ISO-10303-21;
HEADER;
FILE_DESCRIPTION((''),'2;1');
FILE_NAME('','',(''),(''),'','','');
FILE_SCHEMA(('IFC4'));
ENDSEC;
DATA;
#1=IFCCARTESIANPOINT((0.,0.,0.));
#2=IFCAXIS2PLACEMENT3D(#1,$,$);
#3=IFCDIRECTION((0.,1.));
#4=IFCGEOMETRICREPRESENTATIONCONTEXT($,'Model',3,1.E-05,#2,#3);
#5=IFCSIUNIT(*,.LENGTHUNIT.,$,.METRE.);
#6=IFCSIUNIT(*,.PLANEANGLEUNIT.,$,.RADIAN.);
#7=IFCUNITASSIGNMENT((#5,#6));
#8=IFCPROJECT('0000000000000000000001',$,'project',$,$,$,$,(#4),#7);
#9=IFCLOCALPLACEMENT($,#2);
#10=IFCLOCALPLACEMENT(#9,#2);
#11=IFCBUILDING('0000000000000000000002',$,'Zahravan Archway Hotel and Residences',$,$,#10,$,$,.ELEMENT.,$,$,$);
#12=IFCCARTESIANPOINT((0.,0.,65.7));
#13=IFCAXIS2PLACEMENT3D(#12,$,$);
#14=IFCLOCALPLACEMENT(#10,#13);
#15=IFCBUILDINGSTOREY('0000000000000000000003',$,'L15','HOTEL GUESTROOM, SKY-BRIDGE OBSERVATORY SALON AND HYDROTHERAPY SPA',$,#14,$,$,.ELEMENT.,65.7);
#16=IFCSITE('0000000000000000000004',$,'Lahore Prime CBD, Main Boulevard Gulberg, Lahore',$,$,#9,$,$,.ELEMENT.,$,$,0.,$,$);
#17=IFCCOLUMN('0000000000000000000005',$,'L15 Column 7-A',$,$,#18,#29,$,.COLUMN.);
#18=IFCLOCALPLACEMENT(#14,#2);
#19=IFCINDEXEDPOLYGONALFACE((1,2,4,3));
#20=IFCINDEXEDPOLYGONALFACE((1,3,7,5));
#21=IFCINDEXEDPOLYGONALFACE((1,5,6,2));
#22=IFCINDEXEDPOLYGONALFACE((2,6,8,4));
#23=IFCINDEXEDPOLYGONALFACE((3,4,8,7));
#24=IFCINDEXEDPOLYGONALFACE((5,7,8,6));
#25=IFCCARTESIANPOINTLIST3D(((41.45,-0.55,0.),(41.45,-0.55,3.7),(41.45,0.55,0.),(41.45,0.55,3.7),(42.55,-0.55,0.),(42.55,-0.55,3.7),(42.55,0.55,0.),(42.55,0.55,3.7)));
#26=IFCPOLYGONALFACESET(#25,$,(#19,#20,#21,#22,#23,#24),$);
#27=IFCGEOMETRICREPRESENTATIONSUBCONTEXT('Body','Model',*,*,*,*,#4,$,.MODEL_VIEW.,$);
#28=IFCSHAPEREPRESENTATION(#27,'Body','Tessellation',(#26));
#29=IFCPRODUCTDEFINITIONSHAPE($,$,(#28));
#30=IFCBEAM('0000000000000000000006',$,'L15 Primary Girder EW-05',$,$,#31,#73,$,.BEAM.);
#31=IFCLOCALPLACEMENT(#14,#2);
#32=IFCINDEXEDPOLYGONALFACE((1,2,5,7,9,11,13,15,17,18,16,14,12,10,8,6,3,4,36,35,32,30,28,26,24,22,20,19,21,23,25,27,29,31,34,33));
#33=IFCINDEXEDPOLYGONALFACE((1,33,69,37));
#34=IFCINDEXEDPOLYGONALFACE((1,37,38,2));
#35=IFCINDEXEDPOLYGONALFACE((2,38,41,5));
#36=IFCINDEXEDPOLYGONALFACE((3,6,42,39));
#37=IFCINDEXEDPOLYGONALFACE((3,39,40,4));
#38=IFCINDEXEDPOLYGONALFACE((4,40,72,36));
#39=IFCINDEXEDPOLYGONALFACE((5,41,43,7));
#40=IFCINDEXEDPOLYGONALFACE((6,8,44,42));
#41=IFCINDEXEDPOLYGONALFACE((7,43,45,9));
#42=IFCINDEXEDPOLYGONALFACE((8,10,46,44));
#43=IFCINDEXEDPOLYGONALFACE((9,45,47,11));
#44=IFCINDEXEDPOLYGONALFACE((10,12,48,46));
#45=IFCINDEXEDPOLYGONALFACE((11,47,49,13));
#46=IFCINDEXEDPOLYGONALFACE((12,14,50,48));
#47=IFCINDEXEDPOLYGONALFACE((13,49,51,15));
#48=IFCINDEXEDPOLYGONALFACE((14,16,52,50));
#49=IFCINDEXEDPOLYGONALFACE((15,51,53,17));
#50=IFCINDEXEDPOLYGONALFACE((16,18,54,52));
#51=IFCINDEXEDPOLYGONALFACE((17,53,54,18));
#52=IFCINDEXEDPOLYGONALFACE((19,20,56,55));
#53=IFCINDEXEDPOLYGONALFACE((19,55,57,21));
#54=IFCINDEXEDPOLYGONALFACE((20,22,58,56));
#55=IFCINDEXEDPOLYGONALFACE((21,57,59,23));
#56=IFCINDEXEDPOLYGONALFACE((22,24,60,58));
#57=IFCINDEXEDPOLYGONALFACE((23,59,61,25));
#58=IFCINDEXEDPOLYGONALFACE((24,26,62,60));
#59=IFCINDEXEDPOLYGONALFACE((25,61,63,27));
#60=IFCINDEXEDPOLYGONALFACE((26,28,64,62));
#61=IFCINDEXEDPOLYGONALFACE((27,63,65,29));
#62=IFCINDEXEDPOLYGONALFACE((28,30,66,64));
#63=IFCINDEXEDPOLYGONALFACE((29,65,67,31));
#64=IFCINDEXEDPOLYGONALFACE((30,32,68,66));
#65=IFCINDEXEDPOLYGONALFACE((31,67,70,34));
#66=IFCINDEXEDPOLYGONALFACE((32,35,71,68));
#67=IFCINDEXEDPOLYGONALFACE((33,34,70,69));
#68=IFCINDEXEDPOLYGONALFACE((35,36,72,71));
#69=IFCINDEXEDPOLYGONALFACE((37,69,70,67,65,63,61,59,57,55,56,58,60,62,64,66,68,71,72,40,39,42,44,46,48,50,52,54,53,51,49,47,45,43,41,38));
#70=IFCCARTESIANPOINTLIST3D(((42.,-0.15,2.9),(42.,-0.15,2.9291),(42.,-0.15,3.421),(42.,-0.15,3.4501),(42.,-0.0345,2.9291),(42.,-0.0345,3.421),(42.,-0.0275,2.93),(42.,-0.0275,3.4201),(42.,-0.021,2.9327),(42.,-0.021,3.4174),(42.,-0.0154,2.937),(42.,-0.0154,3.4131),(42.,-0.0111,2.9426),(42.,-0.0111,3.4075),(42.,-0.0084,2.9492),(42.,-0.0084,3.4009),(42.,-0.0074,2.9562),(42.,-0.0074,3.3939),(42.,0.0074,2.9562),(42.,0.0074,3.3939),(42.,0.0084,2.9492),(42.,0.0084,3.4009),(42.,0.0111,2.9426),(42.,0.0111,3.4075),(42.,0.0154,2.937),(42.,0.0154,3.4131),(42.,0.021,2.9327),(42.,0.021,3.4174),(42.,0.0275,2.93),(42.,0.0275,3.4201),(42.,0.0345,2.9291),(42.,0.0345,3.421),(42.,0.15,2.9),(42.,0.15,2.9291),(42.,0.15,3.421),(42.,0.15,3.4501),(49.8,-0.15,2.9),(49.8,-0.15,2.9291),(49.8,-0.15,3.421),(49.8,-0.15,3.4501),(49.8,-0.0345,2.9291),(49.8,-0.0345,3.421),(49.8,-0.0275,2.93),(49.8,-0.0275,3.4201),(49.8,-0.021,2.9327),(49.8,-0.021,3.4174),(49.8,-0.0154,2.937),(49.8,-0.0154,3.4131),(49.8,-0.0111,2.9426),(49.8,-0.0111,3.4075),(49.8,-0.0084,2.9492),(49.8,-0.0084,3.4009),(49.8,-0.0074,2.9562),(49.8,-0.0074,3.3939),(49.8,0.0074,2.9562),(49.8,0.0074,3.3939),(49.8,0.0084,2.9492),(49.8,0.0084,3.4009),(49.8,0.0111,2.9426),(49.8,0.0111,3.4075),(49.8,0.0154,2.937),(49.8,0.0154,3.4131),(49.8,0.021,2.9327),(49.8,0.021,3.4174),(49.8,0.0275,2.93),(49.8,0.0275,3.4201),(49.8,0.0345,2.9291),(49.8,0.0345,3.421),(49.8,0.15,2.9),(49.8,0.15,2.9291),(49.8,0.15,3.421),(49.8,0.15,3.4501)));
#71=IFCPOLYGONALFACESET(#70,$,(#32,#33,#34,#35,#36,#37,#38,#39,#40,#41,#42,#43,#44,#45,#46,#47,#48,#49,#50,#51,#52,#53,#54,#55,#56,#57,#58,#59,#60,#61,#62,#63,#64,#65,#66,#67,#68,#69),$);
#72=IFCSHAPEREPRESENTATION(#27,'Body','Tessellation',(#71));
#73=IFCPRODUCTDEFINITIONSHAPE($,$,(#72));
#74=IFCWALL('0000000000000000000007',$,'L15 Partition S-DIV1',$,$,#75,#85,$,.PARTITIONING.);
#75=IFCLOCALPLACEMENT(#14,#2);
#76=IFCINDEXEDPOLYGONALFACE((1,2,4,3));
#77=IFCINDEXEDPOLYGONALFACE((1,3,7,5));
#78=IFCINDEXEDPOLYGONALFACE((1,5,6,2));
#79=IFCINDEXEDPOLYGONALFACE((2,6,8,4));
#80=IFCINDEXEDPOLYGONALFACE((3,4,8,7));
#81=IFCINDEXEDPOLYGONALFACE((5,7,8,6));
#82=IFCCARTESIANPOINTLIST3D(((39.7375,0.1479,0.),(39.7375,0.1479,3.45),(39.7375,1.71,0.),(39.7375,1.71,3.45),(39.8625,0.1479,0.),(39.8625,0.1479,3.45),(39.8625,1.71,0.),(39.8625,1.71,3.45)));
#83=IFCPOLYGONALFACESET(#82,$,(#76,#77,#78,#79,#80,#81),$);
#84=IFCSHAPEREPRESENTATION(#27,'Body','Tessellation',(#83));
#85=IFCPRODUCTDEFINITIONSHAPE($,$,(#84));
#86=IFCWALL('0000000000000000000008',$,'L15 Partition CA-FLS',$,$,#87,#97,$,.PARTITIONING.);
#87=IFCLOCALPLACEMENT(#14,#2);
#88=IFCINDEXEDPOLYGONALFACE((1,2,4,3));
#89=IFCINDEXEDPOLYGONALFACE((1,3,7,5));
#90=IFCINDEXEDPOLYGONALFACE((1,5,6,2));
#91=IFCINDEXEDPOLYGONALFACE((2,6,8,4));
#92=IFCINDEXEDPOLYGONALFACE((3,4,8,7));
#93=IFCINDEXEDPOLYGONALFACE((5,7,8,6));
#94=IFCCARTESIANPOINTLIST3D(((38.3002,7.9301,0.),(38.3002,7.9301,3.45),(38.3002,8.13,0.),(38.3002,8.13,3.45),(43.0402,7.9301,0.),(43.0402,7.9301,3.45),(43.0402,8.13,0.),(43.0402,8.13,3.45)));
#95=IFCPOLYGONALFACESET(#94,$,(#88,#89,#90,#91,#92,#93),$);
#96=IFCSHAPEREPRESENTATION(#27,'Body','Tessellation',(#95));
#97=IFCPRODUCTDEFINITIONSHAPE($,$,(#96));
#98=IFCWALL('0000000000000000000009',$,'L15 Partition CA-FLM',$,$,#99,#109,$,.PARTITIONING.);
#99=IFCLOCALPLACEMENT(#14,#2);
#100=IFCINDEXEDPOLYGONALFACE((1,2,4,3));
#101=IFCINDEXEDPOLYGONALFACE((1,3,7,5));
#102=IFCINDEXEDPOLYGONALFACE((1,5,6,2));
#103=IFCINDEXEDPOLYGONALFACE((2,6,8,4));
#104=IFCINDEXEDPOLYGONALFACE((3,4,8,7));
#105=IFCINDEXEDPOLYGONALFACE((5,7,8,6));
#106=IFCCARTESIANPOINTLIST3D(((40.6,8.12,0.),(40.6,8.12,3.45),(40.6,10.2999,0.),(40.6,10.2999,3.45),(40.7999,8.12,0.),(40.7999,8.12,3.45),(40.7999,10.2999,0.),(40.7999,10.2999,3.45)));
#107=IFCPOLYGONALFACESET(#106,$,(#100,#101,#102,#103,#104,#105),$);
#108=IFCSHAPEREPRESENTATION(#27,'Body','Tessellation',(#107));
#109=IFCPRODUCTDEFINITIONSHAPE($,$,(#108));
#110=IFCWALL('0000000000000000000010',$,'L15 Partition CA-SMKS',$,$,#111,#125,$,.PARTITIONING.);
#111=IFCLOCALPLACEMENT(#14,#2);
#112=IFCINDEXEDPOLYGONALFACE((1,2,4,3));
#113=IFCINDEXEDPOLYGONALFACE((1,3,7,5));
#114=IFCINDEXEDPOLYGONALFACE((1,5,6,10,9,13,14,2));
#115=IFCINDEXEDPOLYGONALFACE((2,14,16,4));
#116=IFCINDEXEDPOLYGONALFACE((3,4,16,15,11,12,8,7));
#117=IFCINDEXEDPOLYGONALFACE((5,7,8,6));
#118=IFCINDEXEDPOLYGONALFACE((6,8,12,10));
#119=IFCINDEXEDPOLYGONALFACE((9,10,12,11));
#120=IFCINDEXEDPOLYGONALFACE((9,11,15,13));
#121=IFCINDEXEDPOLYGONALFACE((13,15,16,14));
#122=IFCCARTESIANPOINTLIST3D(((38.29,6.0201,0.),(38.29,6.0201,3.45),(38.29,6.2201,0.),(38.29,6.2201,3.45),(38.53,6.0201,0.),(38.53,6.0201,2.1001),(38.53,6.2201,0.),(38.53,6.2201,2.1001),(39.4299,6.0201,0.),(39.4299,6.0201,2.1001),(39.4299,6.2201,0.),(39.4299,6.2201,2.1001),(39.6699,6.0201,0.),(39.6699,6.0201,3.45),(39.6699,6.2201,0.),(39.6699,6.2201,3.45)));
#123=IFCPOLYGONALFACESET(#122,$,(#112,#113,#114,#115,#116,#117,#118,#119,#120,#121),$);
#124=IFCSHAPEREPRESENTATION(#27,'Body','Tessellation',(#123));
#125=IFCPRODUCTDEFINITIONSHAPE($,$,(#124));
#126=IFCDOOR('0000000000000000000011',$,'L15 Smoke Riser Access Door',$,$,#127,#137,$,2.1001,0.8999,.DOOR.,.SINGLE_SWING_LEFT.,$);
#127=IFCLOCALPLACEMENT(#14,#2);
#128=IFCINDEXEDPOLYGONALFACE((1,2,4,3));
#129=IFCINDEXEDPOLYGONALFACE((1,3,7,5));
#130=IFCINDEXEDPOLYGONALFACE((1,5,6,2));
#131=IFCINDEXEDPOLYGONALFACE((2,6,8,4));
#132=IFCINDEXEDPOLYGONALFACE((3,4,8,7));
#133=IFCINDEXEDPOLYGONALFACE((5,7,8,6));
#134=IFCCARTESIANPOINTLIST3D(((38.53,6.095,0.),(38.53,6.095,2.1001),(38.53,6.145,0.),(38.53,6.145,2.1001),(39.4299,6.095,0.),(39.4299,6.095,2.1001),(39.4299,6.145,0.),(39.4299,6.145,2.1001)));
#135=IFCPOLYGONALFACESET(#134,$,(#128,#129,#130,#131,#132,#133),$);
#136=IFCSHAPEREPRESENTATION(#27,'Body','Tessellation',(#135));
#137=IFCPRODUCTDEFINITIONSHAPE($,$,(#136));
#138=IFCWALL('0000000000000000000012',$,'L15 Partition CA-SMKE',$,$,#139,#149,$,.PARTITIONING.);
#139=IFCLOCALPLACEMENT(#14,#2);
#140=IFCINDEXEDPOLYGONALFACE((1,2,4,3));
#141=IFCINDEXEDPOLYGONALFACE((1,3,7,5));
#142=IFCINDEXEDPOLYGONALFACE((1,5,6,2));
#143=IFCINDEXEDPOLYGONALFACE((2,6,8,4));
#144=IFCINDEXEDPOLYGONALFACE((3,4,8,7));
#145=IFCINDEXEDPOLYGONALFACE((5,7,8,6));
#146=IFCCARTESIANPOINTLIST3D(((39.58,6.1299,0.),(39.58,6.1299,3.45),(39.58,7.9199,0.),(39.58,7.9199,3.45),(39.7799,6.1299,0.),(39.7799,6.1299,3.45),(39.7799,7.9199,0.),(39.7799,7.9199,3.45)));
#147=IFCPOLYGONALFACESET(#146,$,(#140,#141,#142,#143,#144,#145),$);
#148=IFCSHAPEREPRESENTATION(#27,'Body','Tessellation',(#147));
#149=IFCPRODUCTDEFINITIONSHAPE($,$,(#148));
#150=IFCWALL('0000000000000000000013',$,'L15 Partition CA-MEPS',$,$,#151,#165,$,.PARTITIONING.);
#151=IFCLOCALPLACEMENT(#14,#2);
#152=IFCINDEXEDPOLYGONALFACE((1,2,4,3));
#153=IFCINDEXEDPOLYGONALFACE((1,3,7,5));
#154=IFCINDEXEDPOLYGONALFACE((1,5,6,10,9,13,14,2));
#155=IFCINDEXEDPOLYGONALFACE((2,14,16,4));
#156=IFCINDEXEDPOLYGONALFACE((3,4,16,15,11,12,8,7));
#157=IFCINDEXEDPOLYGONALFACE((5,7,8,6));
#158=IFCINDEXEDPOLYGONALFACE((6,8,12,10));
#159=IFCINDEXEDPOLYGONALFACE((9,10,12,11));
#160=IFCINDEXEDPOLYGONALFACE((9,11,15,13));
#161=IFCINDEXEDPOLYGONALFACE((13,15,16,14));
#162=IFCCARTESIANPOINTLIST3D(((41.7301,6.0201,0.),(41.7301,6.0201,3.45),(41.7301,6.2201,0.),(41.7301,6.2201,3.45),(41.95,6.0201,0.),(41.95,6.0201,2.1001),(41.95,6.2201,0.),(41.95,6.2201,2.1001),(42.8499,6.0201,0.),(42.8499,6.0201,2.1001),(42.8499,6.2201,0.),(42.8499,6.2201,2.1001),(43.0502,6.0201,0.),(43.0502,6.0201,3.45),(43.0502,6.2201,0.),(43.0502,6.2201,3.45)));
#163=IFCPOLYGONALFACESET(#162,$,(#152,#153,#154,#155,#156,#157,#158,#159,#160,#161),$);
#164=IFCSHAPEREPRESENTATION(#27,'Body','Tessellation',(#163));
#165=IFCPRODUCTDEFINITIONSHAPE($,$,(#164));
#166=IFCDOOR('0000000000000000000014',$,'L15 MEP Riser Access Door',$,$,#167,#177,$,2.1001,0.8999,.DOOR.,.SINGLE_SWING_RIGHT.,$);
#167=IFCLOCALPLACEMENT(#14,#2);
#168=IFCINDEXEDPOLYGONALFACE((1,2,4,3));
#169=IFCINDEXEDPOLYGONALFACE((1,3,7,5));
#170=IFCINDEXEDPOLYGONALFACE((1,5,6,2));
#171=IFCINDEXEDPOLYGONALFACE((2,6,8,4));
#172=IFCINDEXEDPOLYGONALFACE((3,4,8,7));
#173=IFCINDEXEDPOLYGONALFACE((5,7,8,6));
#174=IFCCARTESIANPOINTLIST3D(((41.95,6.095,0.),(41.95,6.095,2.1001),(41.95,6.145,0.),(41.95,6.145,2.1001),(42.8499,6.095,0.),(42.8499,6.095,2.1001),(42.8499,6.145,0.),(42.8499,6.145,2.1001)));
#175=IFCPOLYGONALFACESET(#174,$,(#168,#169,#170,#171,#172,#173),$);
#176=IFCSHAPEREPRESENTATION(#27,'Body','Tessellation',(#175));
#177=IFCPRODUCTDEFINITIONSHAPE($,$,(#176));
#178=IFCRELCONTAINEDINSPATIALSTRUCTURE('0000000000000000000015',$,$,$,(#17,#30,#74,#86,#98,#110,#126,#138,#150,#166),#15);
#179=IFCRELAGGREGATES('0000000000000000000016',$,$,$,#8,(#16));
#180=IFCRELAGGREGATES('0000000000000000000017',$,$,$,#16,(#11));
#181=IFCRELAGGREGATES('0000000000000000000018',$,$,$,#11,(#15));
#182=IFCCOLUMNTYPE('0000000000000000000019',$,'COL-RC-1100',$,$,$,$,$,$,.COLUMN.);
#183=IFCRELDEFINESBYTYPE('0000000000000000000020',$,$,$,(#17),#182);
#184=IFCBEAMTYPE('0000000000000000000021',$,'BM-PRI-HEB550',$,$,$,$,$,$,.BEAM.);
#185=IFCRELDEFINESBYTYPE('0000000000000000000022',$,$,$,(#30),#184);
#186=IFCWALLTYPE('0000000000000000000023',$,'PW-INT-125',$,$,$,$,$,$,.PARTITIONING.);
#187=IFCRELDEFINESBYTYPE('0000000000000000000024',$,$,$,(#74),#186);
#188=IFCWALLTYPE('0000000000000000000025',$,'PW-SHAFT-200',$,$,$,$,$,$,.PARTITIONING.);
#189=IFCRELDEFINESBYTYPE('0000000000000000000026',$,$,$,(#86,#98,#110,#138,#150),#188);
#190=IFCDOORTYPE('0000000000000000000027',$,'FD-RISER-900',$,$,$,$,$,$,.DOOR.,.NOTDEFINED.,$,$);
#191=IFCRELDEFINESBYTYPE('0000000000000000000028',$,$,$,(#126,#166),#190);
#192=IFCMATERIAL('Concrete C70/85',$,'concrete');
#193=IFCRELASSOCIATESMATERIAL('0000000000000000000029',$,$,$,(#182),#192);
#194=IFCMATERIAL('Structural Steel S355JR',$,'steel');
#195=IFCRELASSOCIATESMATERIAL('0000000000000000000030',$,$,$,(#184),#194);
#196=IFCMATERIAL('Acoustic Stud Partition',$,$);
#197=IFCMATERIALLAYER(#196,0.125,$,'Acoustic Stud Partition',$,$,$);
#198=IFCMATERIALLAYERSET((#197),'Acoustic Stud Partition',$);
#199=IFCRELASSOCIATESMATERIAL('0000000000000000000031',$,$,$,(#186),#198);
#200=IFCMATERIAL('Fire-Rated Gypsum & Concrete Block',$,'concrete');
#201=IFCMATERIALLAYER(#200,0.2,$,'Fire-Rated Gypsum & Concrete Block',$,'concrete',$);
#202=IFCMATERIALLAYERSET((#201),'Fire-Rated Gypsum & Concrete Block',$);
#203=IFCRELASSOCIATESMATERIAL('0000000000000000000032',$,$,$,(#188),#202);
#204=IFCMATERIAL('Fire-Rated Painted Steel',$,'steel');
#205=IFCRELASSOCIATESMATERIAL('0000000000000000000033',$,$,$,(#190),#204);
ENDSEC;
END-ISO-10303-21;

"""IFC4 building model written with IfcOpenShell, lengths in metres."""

from ifc_helpers import new_model, si_unit, direction, frame, frame_2d, origin, origin_2d, place, context, subcontext, project, spatial, rectangle, i_section, extrude, source, transform, mapped, material, layer, layer_set, material_profile, profile_set, type_object, type_shapes, element, fill, save


model = new_model("IFC4")

# Units and contexts
model_context = context("Model", 3, precision=1e-05, world=origin(), true_north=direction((0.0, 1.0)))
body_context = subcontext(model_context, "Body", "Model", "MODEL_VIEW")
ifc_project = project(units=[si_unit("LENGTHUNIT", "METRE"), si_unit("PLANEANGLEUNIT", "RADIAN")], contexts=[model_context])

# Site, building, storey
site_placement = place(None, origin())
site = spatial("IfcSite", under=ifc_project, at=site_placement, Name="Lahore Prime CBD, Main Boulevard Gulberg, Lahore", CompositionType="ELEMENT", RefElevation=0.0)
building_placement = place(site_placement, origin())
building = spatial("IfcBuilding", under=site, at=building_placement, Name="Zahravan Archway Hotel and Residences", CompositionType="ELEMENT")
storey_placement = place(building_placement, frame((0.0, 0.0, 65.7)))
storey = spatial("IfcBuildingStorey", under=building, at=storey_placement, Name="L15", Description="HOTEL GUESTROOM, SKY-BRIDGE OBSERVATORY SALON AND HYDROTHERAPY SPA", CompositionType="ELEMENT", Elevation=65.7)

# Column
ifc_material_1 = material(Name="Concrete C70/85", Category="concrete")
ifc_material_profile_1 = material_profile(ifc_material_1, rectangle(XDim=1.1001, YDim=1.1001, at=origin_2d()), Name="RC 1100x1100", Category="concrete")
ifc_profile_set_1 = profile_set([ifc_material_profile_1], Name="Concrete C70/85")
column_type = type_object("IfcColumnType", Name="COL-RC-1100", PredefinedType="COLUMN", material=ifc_profile_set_1)
shared_shape_1 = source(origin(), body_context, "Body", "SweptSolid", [
    extrude(rectangle(XDim=1.1001, YDim=1.1001, at=origin_2d()), origin(), (0.0, 0.0, 1.0), 3.7),
])
column_placement = place(storey_placement, frame((42.0, 0.0, 0.0), z_axis=(0.0, 0.0, 1.0), x_axis=(1.0, 0.0, 0.0)))
element("IfcColumn", 1, at=column_placement, inside=storey, type_object=column_type, Name="L15 Column 7-A", PredefinedType="COLUMN", context=body_context, shape_type="MappedRepresentation", body=[
    mapped(shared_shape_1, transform((0.0, 0.0, 0.0), scale=1.0)),
])

# Beam
ifc_material_2 = material(Name="Structural Steel S355JR", Category="steel")
ifc_material_profile_2 = material_profile(ifc_material_2, i_section(OverallWidth=0.3, OverallDepth=0.55, WebThickness=0.0149, FlangeThickness=0.0291, FilletRadius=0.0271, at=origin_2d()), Name="HEB 550", Category="steel")
ifc_profile_set_2 = profile_set([ifc_material_profile_2], Name="Structural Steel S355JR")
beam_type = type_object("IfcBeamType", Name="BM-PRI-HEB550", PredefinedType="BEAM", material=ifc_profile_set_2)
shared_shape_2 = source(origin(), body_context, "Body", "SweptSolid", [
    extrude(i_section(OverallWidth=0.3, OverallDepth=0.55, WebThickness=0.0149, FlangeThickness=0.0291, FilletRadius=0.0271, at=origin_2d()), origin(), (0.0, 0.0, 1.0), 7.8),
])
beam_placement = place(storey_placement, frame((42.0, 0.0, 3.175), z_axis=(1.0, 0.0, 0.0), x_axis=(0.0, 1.0, 0.0)))
element("IfcBeam", 2, at=beam_placement, inside=storey, type_object=beam_type, Name="L15 Primary Girder EW-05", PredefinedType="BEAM", context=body_context, shape_type="MappedRepresentation", body=[
    mapped(shared_shape_2, transform((0.0, 0.0, 0.0), scale=1.0)),
])

# Walls
ifc_material_3 = material(Name="Acoustic Stud Partition")
ifc_layer_1 = layer(ifc_material_3, 0.125, Name="Acoustic Stud Partition")
ifc_layer_set_1 = layer_set([ifc_layer_1], Name="Acoustic Stud Partition")
wall_type_1 = type_object("IfcWallType", Name="PW-INT-125", PredefinedType="PARTITIONING", material=ifc_layer_set_1)
wall_1_placement = place(storey_placement, frame((39.8, 0.1479, 0.0), z_axis=(0.0, 0.0, 1.0), x_axis=(0.0, 1.0, 0.0)))
element("IfcWall", 3, at=wall_1_placement, inside=storey, type_object=wall_type_1, Name="L15 Partition S-DIV1", PredefinedType="PARTITIONING", context=body_context, shape_type="SweptSolid", body=[
    extrude(rectangle(XDim=1.562, YDim=0.125, at=frame_2d((0.781, 0.0))), origin(), (0.0, 0.0, 1.0), 3.45),
])
ifc_material_4 = material(Name="Fire-Rated Gypsum & Concrete Block", Category="concrete")
ifc_layer_2 = layer(ifc_material_4, 0.2, Name="Fire-Rated Gypsum & Concrete Block", Category="concrete")
ifc_layer_set_2 = layer_set([ifc_layer_2], Name="Fire-Rated Gypsum & Concrete Block")
wall_type_2 = type_object("IfcWallType", Name="PW-SHAFT-200", PredefinedType="PARTITIONING", material=ifc_layer_set_2)
wall_2_placement = place(storey_placement, frame((38.3, 8.03, 0.0), z_axis=(0.0, 0.0, 1.0), x_axis=(1.0, 0.0, 0.0)))
element("IfcWall", 4, at=wall_2_placement, inside=storey, type_object=wall_type_2, Name="L15 Partition CA-FLS", PredefinedType="PARTITIONING", context=body_context, shape_type="SweptSolid", body=[
    extrude(rectangle(XDim=4.74, YDim=0.2, at=frame_2d((2.3701, 0.0))), origin(), (0.0, 0.0, 1.0), 3.45),
])
wall_3_placement = place(storey_placement, frame((40.7, 8.1201, 0.0), z_axis=(0.0, 0.0, 1.0), x_axis=(0.0, 1.0, 0.0)))
element("IfcWall", 5, at=wall_3_placement, inside=storey, type_object=wall_type_2, Name="L15 Partition CA-FLM", PredefinedType="PARTITIONING", context=body_context, shape_type="SweptSolid", body=[
    extrude(rectangle(XDim=2.1799, YDim=0.2, at=frame_2d((1.0898, 0.0))), origin(), (0.0, 0.0, 1.0), 3.45),
])

# Wall, opening, door
wall_4_placement = place(storey_placement, frame((38.29, 6.1201, 0.0), z_axis=(0.0, 0.0, 1.0), x_axis=(1.0, 0.0, 0.0)))
wall_4 = element("IfcWall", 6, at=wall_4_placement, inside=storey, type_object=wall_type_2, Name="L15 Partition CA-SMKS", PredefinedType="PARTITIONING", context=body_context, shape_type="SweptSolid", body=[
    extrude(rectangle(XDim=1.3799, YDim=0.2, at=frame_2d((0.6899, 0.0))), origin(), (0.0, 0.0, 1.0), 3.45),
])
opening_1_placement = place(wall_4_placement, frame((0.24, 0.0, 0.0)))
opening_1 = element("IfcOpeningElement", 7, at=opening_1_placement, cuts=wall_4, PredefinedType="OPENING", context=body_context, shape_type="SweptSolid", body=[
    extrude(rectangle(XDim=0.8999, YDim=2.1001, at=frame_2d((0.45, 1.05))), frame((0.0, 0.1099, 0.0), z_axis=(0.0, -1.0, 0.0), x_axis=(1.0, 0.0, 0.0)), (0.0, 0.0, 1.0), 0.22),
])
ifc_material_5 = material(Name="Fire-Rated Painted Steel", Category="steel")
door_type = type_object("IfcDoorType", Name="FD-RISER-900", OperationType="NOTDEFINED", PredefinedType="DOOR", material=ifc_material_5)
shared_shape_3 = source(origin(), body_context, "Body", "SweptSolid", [
    extrude(rectangle(XDim=0.8999, YDim=2.1001, at=frame_2d((0.45, 1.05))), frame((0.0, 0.0249, 0.0), z_axis=(0.0, -1.0, 0.0), x_axis=(1.0, 0.0, 0.0)), (0.0, 0.0, 1.0), 0.05),
])
type_shapes(door_type, [shared_shape_3])
door_1_placement = place(opening_1_placement, origin())
door_1 = element("IfcDoor", 8, at=door_1_placement, inside=storey, type_object=door_type, Name="L15 Smoke Riser Access Door", OperationType="SINGLE_SWING_LEFT", OverallHeight=2.1001, OverallWidth=0.8999, PredefinedType="DOOR", context=body_context, shape_type="MappedRepresentation", body=[
    mapped(shared_shape_3, transform((0.0, 0.0, 0.0), scale=1.0)),
])
fill(opening_1, door_1)

# Wall
wall_5_placement = place(storey_placement, frame((39.6799, 6.1299, 0.0), z_axis=(0.0, 0.0, 1.0), x_axis=(0.0, 1.0, 0.0)))
element("IfcWall", 9, at=wall_5_placement, inside=storey, type_object=wall_type_2, Name="L15 Partition CA-SMKE", PredefinedType="PARTITIONING", context=body_context, shape_type="SweptSolid", body=[
    extrude(rectangle(XDim=1.79, YDim=0.2, at=frame_2d((0.895, 0.0))), origin(), (0.0, 0.0, 1.0), 3.45),
])

# Wall, opening, door
wall_6_placement = place(storey_placement, frame((41.73, 6.1201, 0.0), z_axis=(0.0, 0.0, 1.0), x_axis=(1.0, 0.0, 0.0)))
wall_6 = element("IfcWall", 10, at=wall_6_placement, inside=storey, type_object=wall_type_2, Name="L15 Partition CA-MEPS", PredefinedType="PARTITIONING", context=body_context, shape_type="SweptSolid", body=[
    extrude(rectangle(XDim=1.3201, YDim=0.2, at=frame_2d((0.6602, 0.0))), origin(), (0.0, 0.0, 1.0), 3.45),
])
opening_2_placement = place(wall_6_placement, frame((0.22, 0.0, 0.0)))
opening_2 = element("IfcOpeningElement", 11, at=opening_2_placement, cuts=wall_6, PredefinedType="OPENING", context=body_context, shape_type="SweptSolid", body=[
    extrude(rectangle(XDim=0.8999, YDim=2.1001, at=frame_2d((0.45, 1.05))), frame((0.0, 0.1099, 0.0), z_axis=(0.0, -1.0, 0.0), x_axis=(1.0, 0.0, 0.0)), (0.0, 0.0, 1.0), 0.22),
])
door_2_placement = place(opening_2_placement, origin())
door_2 = element("IfcDoor", 12, at=door_2_placement, inside=storey, type_object=door_type, Name="L15 MEP Riser Access Door", OperationType="SINGLE_SWING_RIGHT", OverallHeight=2.1001, OverallWidth=0.8999, PredefinedType="DOOR", context=body_context, shape_type="MappedRepresentation", body=[
    mapped(shared_shape_3, transform((0.0, 0.0, 0.0), scale=1.0)),
])
fill(opening_2, door_2)

save(model, "model.ifc")
